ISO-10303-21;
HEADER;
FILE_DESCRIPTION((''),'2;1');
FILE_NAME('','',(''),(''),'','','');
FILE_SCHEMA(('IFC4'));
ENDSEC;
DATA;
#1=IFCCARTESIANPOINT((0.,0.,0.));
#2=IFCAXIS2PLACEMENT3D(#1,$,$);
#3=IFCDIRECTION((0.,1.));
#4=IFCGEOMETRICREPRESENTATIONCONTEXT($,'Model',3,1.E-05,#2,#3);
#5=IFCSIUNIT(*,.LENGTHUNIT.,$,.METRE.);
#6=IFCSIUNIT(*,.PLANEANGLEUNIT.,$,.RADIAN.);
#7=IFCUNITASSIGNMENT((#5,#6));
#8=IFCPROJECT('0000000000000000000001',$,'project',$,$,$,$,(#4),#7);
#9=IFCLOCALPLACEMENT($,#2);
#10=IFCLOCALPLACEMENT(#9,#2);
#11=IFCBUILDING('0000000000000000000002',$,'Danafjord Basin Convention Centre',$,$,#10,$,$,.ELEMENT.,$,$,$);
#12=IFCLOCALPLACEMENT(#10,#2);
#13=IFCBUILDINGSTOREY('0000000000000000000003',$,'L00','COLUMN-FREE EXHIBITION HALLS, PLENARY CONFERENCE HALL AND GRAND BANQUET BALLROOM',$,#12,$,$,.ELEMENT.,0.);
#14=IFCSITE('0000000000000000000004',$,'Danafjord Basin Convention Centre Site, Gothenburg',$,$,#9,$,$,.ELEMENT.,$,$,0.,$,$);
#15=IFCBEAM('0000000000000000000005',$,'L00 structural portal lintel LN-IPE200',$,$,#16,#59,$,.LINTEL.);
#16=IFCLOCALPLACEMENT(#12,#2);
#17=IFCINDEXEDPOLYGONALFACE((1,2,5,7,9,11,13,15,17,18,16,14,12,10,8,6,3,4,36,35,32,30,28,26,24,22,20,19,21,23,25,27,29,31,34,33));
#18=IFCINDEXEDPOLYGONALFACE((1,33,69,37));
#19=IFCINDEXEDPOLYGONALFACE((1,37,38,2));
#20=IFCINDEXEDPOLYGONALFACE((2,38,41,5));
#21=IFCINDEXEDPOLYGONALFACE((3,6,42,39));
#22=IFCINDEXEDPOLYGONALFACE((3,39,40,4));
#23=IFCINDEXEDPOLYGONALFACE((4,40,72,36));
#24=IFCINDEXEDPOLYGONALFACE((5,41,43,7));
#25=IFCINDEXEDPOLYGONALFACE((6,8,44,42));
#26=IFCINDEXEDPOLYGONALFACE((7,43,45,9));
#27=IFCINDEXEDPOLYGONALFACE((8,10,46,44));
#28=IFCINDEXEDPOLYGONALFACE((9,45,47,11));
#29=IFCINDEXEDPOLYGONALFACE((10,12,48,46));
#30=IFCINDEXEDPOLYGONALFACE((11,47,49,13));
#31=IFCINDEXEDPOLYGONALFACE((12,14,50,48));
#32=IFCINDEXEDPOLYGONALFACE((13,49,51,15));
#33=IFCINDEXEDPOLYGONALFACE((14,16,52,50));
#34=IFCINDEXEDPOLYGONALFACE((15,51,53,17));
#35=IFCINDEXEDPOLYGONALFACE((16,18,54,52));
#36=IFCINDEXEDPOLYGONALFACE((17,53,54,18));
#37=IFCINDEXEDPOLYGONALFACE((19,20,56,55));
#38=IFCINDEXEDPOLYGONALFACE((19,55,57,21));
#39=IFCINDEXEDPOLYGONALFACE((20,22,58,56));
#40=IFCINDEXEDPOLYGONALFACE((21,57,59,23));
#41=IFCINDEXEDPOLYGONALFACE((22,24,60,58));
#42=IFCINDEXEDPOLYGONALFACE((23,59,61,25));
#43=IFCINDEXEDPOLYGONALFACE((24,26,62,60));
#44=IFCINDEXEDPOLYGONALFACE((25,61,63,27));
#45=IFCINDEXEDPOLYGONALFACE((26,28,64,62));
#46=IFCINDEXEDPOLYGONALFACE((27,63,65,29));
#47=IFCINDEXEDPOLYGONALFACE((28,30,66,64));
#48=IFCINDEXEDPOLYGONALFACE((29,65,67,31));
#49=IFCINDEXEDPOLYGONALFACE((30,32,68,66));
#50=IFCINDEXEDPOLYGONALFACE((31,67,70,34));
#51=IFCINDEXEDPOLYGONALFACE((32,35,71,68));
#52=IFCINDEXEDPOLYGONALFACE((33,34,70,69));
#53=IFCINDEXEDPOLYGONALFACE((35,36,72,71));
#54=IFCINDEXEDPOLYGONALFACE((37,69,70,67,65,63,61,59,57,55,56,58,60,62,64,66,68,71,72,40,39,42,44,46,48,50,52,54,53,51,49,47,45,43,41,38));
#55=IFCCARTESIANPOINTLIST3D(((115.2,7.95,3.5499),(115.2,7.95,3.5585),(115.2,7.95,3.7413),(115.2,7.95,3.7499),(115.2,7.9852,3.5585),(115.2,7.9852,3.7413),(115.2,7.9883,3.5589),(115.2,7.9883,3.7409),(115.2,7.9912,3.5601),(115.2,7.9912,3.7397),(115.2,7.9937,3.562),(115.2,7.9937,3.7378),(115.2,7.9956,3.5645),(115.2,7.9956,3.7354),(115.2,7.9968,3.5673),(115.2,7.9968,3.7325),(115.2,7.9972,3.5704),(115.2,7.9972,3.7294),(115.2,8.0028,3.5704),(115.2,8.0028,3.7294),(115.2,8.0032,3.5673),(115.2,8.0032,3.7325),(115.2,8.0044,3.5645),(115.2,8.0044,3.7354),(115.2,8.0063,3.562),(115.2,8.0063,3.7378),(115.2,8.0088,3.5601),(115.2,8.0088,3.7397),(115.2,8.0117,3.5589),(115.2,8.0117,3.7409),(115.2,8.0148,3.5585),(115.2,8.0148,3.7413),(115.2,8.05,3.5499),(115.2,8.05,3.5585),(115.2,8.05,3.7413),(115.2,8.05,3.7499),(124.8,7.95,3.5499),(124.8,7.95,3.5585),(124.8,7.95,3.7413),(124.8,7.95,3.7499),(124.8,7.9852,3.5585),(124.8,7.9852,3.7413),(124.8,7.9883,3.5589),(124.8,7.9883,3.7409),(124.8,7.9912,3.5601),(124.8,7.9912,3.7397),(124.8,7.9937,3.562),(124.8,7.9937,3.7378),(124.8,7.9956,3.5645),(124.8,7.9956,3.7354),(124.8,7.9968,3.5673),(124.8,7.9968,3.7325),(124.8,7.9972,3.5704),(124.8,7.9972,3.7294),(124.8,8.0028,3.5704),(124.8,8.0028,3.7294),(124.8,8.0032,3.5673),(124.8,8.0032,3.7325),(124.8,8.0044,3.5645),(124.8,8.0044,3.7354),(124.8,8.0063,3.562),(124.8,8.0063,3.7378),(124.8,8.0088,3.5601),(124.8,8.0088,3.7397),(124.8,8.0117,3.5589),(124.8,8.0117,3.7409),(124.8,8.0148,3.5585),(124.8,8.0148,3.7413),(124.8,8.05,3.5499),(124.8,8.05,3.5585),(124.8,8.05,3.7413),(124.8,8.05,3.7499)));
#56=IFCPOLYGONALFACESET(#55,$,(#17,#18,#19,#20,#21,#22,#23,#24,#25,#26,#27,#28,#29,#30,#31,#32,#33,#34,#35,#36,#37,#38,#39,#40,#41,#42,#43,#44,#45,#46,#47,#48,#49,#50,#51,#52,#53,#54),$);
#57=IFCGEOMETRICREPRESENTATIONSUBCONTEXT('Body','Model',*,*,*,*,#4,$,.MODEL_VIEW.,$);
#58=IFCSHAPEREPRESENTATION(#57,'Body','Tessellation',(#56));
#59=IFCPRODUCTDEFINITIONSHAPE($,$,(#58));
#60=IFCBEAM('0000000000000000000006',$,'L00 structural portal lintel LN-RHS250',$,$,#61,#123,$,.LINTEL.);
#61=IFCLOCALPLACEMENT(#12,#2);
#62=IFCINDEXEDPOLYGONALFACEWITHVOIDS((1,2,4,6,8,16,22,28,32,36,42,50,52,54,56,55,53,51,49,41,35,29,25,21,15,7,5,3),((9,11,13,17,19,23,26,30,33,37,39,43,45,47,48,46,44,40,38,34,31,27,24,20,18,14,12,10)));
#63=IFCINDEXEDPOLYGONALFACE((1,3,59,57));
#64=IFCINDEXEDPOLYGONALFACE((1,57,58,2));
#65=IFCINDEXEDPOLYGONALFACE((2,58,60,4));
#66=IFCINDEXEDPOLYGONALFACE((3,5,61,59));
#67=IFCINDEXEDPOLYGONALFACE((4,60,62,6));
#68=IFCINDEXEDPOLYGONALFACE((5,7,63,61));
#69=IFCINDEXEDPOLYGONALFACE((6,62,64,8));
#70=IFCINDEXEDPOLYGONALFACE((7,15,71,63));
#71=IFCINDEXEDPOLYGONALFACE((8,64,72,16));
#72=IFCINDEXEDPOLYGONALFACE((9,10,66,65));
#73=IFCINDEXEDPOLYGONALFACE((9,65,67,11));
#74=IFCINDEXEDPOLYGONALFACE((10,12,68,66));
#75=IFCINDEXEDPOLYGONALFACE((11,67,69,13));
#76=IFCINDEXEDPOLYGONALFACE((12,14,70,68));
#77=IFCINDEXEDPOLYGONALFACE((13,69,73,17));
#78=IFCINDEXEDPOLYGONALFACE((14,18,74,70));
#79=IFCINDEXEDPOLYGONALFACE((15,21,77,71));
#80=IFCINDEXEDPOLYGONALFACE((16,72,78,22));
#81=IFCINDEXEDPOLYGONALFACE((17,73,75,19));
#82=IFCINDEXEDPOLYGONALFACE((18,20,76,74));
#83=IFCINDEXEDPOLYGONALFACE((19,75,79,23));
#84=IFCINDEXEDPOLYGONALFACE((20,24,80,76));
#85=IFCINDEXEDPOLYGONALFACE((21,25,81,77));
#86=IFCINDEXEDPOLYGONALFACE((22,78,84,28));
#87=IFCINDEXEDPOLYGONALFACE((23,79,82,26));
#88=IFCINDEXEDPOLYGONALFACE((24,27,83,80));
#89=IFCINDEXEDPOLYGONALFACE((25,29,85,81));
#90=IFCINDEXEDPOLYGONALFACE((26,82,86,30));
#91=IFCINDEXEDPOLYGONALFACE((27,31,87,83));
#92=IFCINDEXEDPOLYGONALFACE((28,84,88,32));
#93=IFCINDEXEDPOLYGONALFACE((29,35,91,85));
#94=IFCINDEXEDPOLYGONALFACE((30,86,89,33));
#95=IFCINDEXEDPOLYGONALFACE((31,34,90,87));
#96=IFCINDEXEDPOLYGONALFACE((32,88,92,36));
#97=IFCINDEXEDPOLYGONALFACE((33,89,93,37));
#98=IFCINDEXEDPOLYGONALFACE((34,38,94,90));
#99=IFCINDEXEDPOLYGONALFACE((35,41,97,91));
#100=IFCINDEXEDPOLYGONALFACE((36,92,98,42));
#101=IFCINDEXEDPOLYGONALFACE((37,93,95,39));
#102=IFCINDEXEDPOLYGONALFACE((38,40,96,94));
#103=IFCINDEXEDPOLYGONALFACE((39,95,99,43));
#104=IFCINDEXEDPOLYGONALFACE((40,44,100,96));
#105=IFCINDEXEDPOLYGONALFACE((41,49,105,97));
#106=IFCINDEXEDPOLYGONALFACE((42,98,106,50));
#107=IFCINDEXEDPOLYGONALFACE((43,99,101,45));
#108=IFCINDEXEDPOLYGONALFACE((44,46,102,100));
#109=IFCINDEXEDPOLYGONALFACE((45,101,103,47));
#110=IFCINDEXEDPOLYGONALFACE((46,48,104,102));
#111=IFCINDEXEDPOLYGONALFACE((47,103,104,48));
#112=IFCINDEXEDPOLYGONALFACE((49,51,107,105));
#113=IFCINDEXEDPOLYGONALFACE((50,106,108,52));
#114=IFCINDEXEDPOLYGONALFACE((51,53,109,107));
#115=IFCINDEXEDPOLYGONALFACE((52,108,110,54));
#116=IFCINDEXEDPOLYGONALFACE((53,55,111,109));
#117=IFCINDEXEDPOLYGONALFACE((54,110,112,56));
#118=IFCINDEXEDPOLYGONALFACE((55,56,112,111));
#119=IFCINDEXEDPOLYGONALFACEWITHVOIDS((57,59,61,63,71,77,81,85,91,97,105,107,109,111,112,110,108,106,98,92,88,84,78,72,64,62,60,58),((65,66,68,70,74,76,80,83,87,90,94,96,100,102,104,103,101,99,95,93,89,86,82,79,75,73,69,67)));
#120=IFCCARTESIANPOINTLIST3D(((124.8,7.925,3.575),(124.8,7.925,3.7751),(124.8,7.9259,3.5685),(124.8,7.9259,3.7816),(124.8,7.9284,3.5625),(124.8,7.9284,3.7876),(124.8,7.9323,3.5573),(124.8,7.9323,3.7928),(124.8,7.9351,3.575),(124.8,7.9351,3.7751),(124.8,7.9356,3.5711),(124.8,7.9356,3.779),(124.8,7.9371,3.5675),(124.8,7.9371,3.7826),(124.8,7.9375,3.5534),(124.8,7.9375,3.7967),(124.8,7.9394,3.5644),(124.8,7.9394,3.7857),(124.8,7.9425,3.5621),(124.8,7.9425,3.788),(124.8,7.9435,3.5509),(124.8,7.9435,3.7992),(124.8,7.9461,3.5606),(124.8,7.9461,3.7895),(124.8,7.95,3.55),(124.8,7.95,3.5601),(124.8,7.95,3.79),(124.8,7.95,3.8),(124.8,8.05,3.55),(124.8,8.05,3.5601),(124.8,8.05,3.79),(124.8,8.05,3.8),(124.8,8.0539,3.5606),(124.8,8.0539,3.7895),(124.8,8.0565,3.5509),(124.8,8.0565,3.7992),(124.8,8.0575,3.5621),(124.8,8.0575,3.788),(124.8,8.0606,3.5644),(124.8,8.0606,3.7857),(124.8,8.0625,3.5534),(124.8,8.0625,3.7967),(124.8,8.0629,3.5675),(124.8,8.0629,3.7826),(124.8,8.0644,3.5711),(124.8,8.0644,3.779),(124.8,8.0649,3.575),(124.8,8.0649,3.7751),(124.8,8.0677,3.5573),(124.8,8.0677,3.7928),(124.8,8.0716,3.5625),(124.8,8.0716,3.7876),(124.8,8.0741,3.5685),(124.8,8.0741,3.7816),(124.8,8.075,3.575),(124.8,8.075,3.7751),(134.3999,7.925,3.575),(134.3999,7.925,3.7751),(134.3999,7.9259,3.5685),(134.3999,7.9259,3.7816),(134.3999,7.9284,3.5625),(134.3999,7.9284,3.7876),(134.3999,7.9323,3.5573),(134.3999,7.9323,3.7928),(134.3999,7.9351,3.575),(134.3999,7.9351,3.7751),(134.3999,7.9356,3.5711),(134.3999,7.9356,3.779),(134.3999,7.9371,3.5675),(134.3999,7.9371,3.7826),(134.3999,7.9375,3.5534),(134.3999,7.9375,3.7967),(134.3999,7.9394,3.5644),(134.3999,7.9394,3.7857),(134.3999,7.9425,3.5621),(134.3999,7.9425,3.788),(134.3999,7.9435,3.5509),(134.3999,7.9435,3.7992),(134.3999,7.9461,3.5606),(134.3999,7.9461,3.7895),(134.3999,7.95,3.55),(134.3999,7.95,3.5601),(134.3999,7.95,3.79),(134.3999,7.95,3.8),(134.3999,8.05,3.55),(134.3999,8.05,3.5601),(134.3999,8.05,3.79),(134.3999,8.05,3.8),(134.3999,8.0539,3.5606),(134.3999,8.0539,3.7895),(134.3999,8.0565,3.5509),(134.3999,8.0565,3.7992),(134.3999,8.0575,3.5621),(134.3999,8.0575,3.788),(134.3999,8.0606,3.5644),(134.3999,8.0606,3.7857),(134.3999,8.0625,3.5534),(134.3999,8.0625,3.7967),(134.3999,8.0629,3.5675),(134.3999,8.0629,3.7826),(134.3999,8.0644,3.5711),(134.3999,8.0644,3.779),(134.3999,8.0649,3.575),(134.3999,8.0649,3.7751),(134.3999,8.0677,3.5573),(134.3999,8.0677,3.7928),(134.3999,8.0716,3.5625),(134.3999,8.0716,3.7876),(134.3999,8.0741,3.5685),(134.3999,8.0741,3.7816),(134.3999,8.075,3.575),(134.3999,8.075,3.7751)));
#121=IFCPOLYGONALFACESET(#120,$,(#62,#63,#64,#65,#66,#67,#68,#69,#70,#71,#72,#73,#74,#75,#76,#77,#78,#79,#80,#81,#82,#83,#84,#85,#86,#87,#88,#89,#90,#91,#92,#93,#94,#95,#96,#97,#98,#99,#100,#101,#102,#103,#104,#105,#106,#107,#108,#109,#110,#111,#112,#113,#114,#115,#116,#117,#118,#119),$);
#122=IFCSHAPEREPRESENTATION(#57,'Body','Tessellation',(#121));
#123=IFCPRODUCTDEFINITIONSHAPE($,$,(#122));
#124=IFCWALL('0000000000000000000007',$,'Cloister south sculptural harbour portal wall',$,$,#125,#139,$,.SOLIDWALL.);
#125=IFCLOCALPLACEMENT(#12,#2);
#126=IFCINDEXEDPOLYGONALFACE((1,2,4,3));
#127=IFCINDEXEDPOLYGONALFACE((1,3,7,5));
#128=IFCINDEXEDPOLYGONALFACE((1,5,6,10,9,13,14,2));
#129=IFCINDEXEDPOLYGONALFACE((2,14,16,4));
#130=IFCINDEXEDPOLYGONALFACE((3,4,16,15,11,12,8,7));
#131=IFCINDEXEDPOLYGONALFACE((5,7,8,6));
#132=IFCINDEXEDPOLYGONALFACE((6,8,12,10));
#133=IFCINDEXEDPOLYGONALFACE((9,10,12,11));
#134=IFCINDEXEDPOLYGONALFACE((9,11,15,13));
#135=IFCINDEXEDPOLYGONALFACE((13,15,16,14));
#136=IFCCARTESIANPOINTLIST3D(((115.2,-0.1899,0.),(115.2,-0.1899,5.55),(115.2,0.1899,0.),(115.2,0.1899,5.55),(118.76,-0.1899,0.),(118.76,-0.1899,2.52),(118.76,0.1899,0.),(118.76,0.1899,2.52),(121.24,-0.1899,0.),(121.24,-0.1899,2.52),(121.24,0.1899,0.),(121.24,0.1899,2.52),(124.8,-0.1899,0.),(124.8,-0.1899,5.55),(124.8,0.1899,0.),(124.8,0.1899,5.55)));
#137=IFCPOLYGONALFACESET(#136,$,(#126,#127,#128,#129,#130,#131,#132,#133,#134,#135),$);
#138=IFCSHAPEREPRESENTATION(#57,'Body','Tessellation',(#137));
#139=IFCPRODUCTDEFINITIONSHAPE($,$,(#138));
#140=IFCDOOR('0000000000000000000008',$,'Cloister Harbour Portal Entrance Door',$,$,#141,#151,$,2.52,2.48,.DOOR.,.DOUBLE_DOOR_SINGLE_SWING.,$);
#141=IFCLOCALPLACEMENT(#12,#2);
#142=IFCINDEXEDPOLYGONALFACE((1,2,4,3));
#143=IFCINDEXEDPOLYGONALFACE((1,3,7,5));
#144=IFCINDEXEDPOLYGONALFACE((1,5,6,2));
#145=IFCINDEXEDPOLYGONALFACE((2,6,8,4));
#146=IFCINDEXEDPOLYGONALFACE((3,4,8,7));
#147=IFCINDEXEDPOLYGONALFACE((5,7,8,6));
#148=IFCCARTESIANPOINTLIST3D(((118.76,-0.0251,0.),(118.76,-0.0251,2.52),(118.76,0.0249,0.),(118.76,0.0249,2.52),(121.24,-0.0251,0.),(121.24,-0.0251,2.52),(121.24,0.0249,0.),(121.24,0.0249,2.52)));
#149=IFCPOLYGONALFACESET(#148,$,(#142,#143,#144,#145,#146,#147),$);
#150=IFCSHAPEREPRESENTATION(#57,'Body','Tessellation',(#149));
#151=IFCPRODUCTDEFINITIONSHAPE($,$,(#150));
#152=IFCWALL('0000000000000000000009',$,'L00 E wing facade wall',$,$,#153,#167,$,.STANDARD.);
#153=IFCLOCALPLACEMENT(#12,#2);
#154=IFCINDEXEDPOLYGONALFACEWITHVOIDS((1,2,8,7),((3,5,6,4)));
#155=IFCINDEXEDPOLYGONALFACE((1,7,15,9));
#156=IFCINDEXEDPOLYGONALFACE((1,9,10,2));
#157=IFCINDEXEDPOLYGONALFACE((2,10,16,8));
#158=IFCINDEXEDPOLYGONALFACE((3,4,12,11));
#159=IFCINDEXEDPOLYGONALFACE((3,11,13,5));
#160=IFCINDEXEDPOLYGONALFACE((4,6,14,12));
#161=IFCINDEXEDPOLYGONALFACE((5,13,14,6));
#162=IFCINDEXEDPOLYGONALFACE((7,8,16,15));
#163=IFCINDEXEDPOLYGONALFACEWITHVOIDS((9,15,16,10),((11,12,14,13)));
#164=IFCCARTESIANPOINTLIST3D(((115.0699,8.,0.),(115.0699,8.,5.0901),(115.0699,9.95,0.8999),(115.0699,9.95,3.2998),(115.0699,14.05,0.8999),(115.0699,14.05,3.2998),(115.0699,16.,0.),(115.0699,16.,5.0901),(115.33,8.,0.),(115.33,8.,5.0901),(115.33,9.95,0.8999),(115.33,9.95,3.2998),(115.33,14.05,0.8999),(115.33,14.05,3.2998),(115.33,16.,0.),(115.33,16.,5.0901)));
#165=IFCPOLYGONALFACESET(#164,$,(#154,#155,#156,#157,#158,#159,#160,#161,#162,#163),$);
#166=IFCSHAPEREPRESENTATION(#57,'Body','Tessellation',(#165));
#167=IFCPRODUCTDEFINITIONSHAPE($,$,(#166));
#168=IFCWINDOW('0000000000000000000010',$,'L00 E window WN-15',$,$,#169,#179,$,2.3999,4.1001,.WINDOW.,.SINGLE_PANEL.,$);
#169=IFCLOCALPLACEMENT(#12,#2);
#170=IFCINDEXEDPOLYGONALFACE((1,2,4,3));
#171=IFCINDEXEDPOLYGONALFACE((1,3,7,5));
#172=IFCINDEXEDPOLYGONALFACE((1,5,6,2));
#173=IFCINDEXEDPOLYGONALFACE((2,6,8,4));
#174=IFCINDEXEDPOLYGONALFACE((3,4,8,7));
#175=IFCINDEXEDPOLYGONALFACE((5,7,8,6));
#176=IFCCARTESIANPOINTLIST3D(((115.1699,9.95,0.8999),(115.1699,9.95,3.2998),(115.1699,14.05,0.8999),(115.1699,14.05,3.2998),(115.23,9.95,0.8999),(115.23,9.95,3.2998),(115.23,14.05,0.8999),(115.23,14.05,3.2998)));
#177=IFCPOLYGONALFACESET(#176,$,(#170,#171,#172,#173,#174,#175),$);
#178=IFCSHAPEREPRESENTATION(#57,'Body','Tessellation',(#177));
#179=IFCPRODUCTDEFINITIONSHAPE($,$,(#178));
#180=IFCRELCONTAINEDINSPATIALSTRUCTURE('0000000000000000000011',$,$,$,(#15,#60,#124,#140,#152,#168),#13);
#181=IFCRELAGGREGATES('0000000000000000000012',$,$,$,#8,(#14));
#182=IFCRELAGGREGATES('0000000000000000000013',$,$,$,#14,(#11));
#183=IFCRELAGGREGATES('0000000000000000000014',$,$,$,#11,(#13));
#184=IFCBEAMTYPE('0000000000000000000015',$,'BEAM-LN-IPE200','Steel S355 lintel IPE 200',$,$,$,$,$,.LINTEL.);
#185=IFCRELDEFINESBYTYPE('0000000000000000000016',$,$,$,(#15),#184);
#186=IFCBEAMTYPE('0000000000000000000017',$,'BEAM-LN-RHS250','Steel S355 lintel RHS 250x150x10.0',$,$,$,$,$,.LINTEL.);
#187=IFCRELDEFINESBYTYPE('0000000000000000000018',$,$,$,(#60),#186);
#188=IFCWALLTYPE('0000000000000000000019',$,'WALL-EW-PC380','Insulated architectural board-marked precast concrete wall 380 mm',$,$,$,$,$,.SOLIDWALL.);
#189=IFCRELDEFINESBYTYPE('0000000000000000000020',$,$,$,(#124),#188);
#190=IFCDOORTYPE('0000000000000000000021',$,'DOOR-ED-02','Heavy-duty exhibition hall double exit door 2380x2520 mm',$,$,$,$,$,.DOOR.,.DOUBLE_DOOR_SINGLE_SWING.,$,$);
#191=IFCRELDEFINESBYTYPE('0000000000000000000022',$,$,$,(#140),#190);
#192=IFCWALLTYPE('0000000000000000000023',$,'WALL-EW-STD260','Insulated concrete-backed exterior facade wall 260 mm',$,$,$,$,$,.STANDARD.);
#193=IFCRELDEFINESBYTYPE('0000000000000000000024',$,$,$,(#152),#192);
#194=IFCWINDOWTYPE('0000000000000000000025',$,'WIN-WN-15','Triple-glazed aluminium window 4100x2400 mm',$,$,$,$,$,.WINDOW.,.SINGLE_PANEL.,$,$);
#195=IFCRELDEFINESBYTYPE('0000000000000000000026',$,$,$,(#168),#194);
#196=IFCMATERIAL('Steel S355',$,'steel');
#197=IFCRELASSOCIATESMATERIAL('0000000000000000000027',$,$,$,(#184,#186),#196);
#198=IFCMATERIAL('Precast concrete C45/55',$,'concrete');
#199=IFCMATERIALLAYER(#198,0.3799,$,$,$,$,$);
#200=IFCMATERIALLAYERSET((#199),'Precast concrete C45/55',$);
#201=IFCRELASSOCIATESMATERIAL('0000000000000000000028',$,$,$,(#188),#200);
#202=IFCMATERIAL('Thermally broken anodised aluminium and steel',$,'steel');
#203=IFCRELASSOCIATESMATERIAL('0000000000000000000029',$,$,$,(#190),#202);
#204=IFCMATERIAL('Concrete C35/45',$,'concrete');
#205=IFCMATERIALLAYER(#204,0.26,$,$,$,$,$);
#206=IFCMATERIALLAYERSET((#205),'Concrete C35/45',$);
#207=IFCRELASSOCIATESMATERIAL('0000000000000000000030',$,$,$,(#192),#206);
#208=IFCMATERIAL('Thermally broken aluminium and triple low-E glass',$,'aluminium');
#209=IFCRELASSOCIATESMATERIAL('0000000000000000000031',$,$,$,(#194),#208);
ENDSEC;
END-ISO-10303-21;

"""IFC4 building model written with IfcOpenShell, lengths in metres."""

from ifc_helpers import new_model, si_unit, direction, frame, frame_2d, origin, origin_2d, place, context, subcontext, project, spatial, rectangle, hollow_rectangle, i_section, extrude, material, layer, layer_set, material_profile, profile_set, type_object, element, fill, save


model = new_model("IFC4")

# Units and contexts
model_context = context("Model", 3, precision=1e-05, world=origin(), true_north=direction((0.0, 1.0)))
body_context = subcontext(model_context, "Body", "Model", "MODEL_VIEW")
ifc_project = project(units=[si_unit("LENGTHUNIT", "METRE"), si_unit("PLANEANGLEUNIT", "RADIAN")], contexts=[model_context])

# Site, building, storey
site_placement = place(None, origin())
site = spatial("IfcSite", under=ifc_project, at=site_placement, Name="Danafjord Basin Convention Centre Site, Gothenburg", CompositionType="ELEMENT", RefElevation=0.0)
building_placement = place(site_placement, origin())
building = spatial("IfcBuilding", under=site, at=building_placement, Name="Danafjord Basin Convention Centre", CompositionType="ELEMENT")
storey_placement = place(building_placement, origin())
storey = spatial("IfcBuildingStorey", under=building, at=storey_placement, Name="L00", Description="COLUMN-FREE EXHIBITION HALLS, PLENARY CONFERENCE HALL AND GRAND BANQUET BALLROOM", CompositionType="ELEMENT", Elevation=0.0)

# Shared definitions
ifc_material_1 = material(Name="Concrete C35/45", Category="concrete")

# Shared definitions
ifc_material_2 = material(Name="Steel S355", Category="steel")

# Beams
ifc_material_profile_1 = material_profile(ifc_material_2, i_section(OverallWidth=0.1001, OverallDepth=0.2, WebThickness=0.0056, FlangeThickness=0.0085, FilletRadius=0.012, at=origin_2d()), Name="IPE 200")
ifc_profile_set_1 = profile_set([ifc_material_profile_1], Name="Steel S355")
beam_type_1 = type_object("IfcBeamType", Name="BEAM-LN-IPE200", Description="Steel S355 lintel IPE 200", PredefinedType="LINTEL", material=ifc_profile_set_1)
beam_1_placement = place(storey_placement, frame((115.2, 8.0, 3.6499), z_axis=(1.0, 0.0, 0.0), x_axis=(0.0, 1.0, 0.0)))
element("IfcBeam", 1, at=beam_1_placement, inside=storey, type_object=beam_type_1, Name="L00 structural portal lintel LN-IPE200", PredefinedType="LINTEL", context=body_context, shape_type="SweptSolid", body=[
    extrude(i_section(OverallWidth=0.1001, OverallDepth=0.2, WebThickness=0.0056, FlangeThickness=0.0085, FilletRadius=0.012, at=origin_2d()), origin(), (0.0, 0.0, 1.0), 9.6001),
])
ifc_material_profile_2 = material_profile(ifc_material_2, hollow_rectangle(XDim=0.1499, YDim=0.25, WallThickness=0.01, InnerFilletRadius=0.0149, OuterFilletRadius=0.0249, at=origin_2d()), Name="RHS 250x150x10.0")
ifc_profile_set_2 = profile_set([ifc_material_profile_2], Name="Steel S355")
beam_type_2 = type_object("IfcBeamType", Name="BEAM-LN-RHS250", Description="Steel S355 lintel RHS 250x150x10.0", PredefinedType="LINTEL", material=ifc_profile_set_2)
beam_2_placement = place(storey_placement, frame((124.8, 8.0, 3.675), z_axis=(1.0, 0.0, 0.0), x_axis=(0.0, 1.0, 0.0)))
element("IfcBeam", 2, at=beam_2_placement, inside=storey, type_object=beam_type_2, Name="L00 structural portal lintel LN-RHS250", PredefinedType="LINTEL", context=body_context, shape_type="SweptSolid", body=[
    extrude(hollow_rectangle(XDim=0.1499, YDim=0.25, WallThickness=0.01, InnerFilletRadius=0.0149, OuterFilletRadius=0.0249, at=origin_2d()), origin(), (0.0, 0.0, 1.0), 9.5999),
])

# Wall, opening, door
ifc_material_3 = material(Name="Precast concrete C45/55", Category="concrete")
ifc_layer_1 = layer(ifc_material_3, 0.3799)
ifc_layer_set_1 = layer_set([ifc_layer_1], Name="Precast concrete C45/55")
wall_type_1 = type_object("IfcWallType", Name="WALL-EW-PC380", Description="Insulated architectural board-marked precast concrete wall 380 mm", PredefinedType="SOLIDWALL", material=ifc_layer_set_1)
wall_1_placement = place(storey_placement, frame((115.2, 0.0, 0.0), z_axis=(0.0, 0.0, 1.0), x_axis=(1.0, 0.0, 0.0)))
wall_1 = element("IfcWall", 3, at=wall_1_placement, inside=storey, type_object=wall_type_1, Name="Cloister south sculptural harbour portal wall", PredefinedType="SOLIDWALL", context=body_context, shape_type="SweptSolid", body=[
    extrude(rectangle(XDim=9.6001, YDim=0.3799, at=frame_2d((4.8, 0.0))), origin(), (0.0, 0.0, 1.0), 5.55),
])
opening_1_placement = place(wall_1_placement, frame((3.5601, 0.0, 0.0)))
opening_1 = element("IfcOpeningElement", 4, at=opening_1_placement, cuts=wall_1, PredefinedType="OPENING", context=body_context, shape_type="SweptSolid", body=[
    extrude(rectangle(XDim=2.48, YDim=2.52, at=frame_2d((1.24, 1.26))), frame((0.0, 0.2, 0.0), z_axis=(0.0, -1.0, 0.0), x_axis=(1.0, 0.0, 0.0)), (0.0, 0.0, 1.0), 0.3999),
])
ifc_material_4 = material(Name="Thermally broken anodised aluminium and steel", Category="steel")
door_type = type_object("IfcDoorType", Name="DOOR-ED-02", Description="Heavy-duty exhibition hall double exit door 2380x2520 mm", OperationType="DOUBLE_DOOR_SINGLE_SWING", PredefinedType="DOOR", material=ifc_material_4)
door_placement = place(opening_1_placement, origin())
door = element("IfcDoor", 5, at=door_placement, inside=storey, type_object=door_type, Name="Cloister Harbour Portal Entrance Door", OperationType="DOUBLE_DOOR_SINGLE_SWING", OverallHeight=2.52, OverallWidth=2.48, PredefinedType="DOOR", context=body_context, shape_type="SweptSolid", body=[
    extrude(rectangle(XDim=2.48, YDim=2.52, at=frame_2d((1.24, 1.26))), frame((0.0, 0.0249, 0.0), z_axis=(0.0, -1.0, 0.0), x_axis=(1.0, 0.0, 0.0)), (0.0, 0.0, 1.0), 0.05),
])
fill(opening_1, door)

# Wall, opening, window
ifc_layer_2 = layer(ifc_material_1, 0.26)
ifc_layer_set_2 = layer_set([ifc_layer_2], Name="Concrete C35/45")
wall_type_2 = type_object("IfcWallType", Name="WALL-EW-STD260", Description="Insulated concrete-backed exterior facade wall 260 mm", PredefinedType="STANDARD", material=ifc_layer_set_2)
wall_2_placement = place(storey_placement, frame((115.2, 8.0, 0.0), z_axis=(0.0, 0.0, 1.0), x_axis=(0.0, 1.0, 0.0)))
wall_2 = element("IfcWall", 6, at=wall_2_placement, inside=storey, type_object=wall_type_2, Name="L00 E wing facade wall", PredefinedType="STANDARD", context=body_context, shape_type="SweptSolid", body=[
    extrude(rectangle(XDim=8.0, YDim=0.26, at=frame_2d((4.0, 0.0))), origin(), (0.0, 0.0, 1.0), 5.0901),
])
opening_2_placement = place(wall_2_placement, frame((1.95, 0.0, 0.8999)))
opening_2 = element("IfcOpeningElement", 7, at=opening_2_placement, cuts=wall_2, PredefinedType="OPENING", context=body_context, shape_type="SweptSolid", body=[
    extrude(rectangle(XDim=4.1001, YDim=2.3999, at=frame_2d((2.05, 1.2))), frame((0.0, 0.1399, 0.0), z_axis=(0.0, -1.0, 0.0), x_axis=(1.0, 0.0, 0.0)), (0.0, 0.0, 1.0), 0.28),
])
ifc_material_5 = material(Name="Thermally broken aluminium and triple low-E glass", Category="aluminium")
window_type = type_object("IfcWindowType", Name="WIN-WN-15", Description="Triple-glazed aluminium window 4100x2400 mm", PartitioningType="SINGLE_PANEL", PredefinedType="WINDOW", material=ifc_material_5)
window_placement = place(opening_2_placement, origin())
window = element("IfcWindow", 8, at=window_placement, inside=storey, type_object=window_type, Name="L00 E window WN-15", OverallHeight=2.3999, OverallWidth=4.1001, PartitioningType="SINGLE_PANEL", PredefinedType="WINDOW", context=body_context, shape_type="SweptSolid", body=[
    extrude(rectangle(XDim=4.1001, YDim=2.3999, at=frame_2d((2.05, 1.2))), frame((0.0, 0.03, 0.0), z_axis=(0.0, -1.0, 0.0), x_axis=(1.0, 0.0, 0.0)), (0.0, 0.0, 1.0), 0.0601),
])
fill(opening_2, window)

save(model, "model.ifc")
